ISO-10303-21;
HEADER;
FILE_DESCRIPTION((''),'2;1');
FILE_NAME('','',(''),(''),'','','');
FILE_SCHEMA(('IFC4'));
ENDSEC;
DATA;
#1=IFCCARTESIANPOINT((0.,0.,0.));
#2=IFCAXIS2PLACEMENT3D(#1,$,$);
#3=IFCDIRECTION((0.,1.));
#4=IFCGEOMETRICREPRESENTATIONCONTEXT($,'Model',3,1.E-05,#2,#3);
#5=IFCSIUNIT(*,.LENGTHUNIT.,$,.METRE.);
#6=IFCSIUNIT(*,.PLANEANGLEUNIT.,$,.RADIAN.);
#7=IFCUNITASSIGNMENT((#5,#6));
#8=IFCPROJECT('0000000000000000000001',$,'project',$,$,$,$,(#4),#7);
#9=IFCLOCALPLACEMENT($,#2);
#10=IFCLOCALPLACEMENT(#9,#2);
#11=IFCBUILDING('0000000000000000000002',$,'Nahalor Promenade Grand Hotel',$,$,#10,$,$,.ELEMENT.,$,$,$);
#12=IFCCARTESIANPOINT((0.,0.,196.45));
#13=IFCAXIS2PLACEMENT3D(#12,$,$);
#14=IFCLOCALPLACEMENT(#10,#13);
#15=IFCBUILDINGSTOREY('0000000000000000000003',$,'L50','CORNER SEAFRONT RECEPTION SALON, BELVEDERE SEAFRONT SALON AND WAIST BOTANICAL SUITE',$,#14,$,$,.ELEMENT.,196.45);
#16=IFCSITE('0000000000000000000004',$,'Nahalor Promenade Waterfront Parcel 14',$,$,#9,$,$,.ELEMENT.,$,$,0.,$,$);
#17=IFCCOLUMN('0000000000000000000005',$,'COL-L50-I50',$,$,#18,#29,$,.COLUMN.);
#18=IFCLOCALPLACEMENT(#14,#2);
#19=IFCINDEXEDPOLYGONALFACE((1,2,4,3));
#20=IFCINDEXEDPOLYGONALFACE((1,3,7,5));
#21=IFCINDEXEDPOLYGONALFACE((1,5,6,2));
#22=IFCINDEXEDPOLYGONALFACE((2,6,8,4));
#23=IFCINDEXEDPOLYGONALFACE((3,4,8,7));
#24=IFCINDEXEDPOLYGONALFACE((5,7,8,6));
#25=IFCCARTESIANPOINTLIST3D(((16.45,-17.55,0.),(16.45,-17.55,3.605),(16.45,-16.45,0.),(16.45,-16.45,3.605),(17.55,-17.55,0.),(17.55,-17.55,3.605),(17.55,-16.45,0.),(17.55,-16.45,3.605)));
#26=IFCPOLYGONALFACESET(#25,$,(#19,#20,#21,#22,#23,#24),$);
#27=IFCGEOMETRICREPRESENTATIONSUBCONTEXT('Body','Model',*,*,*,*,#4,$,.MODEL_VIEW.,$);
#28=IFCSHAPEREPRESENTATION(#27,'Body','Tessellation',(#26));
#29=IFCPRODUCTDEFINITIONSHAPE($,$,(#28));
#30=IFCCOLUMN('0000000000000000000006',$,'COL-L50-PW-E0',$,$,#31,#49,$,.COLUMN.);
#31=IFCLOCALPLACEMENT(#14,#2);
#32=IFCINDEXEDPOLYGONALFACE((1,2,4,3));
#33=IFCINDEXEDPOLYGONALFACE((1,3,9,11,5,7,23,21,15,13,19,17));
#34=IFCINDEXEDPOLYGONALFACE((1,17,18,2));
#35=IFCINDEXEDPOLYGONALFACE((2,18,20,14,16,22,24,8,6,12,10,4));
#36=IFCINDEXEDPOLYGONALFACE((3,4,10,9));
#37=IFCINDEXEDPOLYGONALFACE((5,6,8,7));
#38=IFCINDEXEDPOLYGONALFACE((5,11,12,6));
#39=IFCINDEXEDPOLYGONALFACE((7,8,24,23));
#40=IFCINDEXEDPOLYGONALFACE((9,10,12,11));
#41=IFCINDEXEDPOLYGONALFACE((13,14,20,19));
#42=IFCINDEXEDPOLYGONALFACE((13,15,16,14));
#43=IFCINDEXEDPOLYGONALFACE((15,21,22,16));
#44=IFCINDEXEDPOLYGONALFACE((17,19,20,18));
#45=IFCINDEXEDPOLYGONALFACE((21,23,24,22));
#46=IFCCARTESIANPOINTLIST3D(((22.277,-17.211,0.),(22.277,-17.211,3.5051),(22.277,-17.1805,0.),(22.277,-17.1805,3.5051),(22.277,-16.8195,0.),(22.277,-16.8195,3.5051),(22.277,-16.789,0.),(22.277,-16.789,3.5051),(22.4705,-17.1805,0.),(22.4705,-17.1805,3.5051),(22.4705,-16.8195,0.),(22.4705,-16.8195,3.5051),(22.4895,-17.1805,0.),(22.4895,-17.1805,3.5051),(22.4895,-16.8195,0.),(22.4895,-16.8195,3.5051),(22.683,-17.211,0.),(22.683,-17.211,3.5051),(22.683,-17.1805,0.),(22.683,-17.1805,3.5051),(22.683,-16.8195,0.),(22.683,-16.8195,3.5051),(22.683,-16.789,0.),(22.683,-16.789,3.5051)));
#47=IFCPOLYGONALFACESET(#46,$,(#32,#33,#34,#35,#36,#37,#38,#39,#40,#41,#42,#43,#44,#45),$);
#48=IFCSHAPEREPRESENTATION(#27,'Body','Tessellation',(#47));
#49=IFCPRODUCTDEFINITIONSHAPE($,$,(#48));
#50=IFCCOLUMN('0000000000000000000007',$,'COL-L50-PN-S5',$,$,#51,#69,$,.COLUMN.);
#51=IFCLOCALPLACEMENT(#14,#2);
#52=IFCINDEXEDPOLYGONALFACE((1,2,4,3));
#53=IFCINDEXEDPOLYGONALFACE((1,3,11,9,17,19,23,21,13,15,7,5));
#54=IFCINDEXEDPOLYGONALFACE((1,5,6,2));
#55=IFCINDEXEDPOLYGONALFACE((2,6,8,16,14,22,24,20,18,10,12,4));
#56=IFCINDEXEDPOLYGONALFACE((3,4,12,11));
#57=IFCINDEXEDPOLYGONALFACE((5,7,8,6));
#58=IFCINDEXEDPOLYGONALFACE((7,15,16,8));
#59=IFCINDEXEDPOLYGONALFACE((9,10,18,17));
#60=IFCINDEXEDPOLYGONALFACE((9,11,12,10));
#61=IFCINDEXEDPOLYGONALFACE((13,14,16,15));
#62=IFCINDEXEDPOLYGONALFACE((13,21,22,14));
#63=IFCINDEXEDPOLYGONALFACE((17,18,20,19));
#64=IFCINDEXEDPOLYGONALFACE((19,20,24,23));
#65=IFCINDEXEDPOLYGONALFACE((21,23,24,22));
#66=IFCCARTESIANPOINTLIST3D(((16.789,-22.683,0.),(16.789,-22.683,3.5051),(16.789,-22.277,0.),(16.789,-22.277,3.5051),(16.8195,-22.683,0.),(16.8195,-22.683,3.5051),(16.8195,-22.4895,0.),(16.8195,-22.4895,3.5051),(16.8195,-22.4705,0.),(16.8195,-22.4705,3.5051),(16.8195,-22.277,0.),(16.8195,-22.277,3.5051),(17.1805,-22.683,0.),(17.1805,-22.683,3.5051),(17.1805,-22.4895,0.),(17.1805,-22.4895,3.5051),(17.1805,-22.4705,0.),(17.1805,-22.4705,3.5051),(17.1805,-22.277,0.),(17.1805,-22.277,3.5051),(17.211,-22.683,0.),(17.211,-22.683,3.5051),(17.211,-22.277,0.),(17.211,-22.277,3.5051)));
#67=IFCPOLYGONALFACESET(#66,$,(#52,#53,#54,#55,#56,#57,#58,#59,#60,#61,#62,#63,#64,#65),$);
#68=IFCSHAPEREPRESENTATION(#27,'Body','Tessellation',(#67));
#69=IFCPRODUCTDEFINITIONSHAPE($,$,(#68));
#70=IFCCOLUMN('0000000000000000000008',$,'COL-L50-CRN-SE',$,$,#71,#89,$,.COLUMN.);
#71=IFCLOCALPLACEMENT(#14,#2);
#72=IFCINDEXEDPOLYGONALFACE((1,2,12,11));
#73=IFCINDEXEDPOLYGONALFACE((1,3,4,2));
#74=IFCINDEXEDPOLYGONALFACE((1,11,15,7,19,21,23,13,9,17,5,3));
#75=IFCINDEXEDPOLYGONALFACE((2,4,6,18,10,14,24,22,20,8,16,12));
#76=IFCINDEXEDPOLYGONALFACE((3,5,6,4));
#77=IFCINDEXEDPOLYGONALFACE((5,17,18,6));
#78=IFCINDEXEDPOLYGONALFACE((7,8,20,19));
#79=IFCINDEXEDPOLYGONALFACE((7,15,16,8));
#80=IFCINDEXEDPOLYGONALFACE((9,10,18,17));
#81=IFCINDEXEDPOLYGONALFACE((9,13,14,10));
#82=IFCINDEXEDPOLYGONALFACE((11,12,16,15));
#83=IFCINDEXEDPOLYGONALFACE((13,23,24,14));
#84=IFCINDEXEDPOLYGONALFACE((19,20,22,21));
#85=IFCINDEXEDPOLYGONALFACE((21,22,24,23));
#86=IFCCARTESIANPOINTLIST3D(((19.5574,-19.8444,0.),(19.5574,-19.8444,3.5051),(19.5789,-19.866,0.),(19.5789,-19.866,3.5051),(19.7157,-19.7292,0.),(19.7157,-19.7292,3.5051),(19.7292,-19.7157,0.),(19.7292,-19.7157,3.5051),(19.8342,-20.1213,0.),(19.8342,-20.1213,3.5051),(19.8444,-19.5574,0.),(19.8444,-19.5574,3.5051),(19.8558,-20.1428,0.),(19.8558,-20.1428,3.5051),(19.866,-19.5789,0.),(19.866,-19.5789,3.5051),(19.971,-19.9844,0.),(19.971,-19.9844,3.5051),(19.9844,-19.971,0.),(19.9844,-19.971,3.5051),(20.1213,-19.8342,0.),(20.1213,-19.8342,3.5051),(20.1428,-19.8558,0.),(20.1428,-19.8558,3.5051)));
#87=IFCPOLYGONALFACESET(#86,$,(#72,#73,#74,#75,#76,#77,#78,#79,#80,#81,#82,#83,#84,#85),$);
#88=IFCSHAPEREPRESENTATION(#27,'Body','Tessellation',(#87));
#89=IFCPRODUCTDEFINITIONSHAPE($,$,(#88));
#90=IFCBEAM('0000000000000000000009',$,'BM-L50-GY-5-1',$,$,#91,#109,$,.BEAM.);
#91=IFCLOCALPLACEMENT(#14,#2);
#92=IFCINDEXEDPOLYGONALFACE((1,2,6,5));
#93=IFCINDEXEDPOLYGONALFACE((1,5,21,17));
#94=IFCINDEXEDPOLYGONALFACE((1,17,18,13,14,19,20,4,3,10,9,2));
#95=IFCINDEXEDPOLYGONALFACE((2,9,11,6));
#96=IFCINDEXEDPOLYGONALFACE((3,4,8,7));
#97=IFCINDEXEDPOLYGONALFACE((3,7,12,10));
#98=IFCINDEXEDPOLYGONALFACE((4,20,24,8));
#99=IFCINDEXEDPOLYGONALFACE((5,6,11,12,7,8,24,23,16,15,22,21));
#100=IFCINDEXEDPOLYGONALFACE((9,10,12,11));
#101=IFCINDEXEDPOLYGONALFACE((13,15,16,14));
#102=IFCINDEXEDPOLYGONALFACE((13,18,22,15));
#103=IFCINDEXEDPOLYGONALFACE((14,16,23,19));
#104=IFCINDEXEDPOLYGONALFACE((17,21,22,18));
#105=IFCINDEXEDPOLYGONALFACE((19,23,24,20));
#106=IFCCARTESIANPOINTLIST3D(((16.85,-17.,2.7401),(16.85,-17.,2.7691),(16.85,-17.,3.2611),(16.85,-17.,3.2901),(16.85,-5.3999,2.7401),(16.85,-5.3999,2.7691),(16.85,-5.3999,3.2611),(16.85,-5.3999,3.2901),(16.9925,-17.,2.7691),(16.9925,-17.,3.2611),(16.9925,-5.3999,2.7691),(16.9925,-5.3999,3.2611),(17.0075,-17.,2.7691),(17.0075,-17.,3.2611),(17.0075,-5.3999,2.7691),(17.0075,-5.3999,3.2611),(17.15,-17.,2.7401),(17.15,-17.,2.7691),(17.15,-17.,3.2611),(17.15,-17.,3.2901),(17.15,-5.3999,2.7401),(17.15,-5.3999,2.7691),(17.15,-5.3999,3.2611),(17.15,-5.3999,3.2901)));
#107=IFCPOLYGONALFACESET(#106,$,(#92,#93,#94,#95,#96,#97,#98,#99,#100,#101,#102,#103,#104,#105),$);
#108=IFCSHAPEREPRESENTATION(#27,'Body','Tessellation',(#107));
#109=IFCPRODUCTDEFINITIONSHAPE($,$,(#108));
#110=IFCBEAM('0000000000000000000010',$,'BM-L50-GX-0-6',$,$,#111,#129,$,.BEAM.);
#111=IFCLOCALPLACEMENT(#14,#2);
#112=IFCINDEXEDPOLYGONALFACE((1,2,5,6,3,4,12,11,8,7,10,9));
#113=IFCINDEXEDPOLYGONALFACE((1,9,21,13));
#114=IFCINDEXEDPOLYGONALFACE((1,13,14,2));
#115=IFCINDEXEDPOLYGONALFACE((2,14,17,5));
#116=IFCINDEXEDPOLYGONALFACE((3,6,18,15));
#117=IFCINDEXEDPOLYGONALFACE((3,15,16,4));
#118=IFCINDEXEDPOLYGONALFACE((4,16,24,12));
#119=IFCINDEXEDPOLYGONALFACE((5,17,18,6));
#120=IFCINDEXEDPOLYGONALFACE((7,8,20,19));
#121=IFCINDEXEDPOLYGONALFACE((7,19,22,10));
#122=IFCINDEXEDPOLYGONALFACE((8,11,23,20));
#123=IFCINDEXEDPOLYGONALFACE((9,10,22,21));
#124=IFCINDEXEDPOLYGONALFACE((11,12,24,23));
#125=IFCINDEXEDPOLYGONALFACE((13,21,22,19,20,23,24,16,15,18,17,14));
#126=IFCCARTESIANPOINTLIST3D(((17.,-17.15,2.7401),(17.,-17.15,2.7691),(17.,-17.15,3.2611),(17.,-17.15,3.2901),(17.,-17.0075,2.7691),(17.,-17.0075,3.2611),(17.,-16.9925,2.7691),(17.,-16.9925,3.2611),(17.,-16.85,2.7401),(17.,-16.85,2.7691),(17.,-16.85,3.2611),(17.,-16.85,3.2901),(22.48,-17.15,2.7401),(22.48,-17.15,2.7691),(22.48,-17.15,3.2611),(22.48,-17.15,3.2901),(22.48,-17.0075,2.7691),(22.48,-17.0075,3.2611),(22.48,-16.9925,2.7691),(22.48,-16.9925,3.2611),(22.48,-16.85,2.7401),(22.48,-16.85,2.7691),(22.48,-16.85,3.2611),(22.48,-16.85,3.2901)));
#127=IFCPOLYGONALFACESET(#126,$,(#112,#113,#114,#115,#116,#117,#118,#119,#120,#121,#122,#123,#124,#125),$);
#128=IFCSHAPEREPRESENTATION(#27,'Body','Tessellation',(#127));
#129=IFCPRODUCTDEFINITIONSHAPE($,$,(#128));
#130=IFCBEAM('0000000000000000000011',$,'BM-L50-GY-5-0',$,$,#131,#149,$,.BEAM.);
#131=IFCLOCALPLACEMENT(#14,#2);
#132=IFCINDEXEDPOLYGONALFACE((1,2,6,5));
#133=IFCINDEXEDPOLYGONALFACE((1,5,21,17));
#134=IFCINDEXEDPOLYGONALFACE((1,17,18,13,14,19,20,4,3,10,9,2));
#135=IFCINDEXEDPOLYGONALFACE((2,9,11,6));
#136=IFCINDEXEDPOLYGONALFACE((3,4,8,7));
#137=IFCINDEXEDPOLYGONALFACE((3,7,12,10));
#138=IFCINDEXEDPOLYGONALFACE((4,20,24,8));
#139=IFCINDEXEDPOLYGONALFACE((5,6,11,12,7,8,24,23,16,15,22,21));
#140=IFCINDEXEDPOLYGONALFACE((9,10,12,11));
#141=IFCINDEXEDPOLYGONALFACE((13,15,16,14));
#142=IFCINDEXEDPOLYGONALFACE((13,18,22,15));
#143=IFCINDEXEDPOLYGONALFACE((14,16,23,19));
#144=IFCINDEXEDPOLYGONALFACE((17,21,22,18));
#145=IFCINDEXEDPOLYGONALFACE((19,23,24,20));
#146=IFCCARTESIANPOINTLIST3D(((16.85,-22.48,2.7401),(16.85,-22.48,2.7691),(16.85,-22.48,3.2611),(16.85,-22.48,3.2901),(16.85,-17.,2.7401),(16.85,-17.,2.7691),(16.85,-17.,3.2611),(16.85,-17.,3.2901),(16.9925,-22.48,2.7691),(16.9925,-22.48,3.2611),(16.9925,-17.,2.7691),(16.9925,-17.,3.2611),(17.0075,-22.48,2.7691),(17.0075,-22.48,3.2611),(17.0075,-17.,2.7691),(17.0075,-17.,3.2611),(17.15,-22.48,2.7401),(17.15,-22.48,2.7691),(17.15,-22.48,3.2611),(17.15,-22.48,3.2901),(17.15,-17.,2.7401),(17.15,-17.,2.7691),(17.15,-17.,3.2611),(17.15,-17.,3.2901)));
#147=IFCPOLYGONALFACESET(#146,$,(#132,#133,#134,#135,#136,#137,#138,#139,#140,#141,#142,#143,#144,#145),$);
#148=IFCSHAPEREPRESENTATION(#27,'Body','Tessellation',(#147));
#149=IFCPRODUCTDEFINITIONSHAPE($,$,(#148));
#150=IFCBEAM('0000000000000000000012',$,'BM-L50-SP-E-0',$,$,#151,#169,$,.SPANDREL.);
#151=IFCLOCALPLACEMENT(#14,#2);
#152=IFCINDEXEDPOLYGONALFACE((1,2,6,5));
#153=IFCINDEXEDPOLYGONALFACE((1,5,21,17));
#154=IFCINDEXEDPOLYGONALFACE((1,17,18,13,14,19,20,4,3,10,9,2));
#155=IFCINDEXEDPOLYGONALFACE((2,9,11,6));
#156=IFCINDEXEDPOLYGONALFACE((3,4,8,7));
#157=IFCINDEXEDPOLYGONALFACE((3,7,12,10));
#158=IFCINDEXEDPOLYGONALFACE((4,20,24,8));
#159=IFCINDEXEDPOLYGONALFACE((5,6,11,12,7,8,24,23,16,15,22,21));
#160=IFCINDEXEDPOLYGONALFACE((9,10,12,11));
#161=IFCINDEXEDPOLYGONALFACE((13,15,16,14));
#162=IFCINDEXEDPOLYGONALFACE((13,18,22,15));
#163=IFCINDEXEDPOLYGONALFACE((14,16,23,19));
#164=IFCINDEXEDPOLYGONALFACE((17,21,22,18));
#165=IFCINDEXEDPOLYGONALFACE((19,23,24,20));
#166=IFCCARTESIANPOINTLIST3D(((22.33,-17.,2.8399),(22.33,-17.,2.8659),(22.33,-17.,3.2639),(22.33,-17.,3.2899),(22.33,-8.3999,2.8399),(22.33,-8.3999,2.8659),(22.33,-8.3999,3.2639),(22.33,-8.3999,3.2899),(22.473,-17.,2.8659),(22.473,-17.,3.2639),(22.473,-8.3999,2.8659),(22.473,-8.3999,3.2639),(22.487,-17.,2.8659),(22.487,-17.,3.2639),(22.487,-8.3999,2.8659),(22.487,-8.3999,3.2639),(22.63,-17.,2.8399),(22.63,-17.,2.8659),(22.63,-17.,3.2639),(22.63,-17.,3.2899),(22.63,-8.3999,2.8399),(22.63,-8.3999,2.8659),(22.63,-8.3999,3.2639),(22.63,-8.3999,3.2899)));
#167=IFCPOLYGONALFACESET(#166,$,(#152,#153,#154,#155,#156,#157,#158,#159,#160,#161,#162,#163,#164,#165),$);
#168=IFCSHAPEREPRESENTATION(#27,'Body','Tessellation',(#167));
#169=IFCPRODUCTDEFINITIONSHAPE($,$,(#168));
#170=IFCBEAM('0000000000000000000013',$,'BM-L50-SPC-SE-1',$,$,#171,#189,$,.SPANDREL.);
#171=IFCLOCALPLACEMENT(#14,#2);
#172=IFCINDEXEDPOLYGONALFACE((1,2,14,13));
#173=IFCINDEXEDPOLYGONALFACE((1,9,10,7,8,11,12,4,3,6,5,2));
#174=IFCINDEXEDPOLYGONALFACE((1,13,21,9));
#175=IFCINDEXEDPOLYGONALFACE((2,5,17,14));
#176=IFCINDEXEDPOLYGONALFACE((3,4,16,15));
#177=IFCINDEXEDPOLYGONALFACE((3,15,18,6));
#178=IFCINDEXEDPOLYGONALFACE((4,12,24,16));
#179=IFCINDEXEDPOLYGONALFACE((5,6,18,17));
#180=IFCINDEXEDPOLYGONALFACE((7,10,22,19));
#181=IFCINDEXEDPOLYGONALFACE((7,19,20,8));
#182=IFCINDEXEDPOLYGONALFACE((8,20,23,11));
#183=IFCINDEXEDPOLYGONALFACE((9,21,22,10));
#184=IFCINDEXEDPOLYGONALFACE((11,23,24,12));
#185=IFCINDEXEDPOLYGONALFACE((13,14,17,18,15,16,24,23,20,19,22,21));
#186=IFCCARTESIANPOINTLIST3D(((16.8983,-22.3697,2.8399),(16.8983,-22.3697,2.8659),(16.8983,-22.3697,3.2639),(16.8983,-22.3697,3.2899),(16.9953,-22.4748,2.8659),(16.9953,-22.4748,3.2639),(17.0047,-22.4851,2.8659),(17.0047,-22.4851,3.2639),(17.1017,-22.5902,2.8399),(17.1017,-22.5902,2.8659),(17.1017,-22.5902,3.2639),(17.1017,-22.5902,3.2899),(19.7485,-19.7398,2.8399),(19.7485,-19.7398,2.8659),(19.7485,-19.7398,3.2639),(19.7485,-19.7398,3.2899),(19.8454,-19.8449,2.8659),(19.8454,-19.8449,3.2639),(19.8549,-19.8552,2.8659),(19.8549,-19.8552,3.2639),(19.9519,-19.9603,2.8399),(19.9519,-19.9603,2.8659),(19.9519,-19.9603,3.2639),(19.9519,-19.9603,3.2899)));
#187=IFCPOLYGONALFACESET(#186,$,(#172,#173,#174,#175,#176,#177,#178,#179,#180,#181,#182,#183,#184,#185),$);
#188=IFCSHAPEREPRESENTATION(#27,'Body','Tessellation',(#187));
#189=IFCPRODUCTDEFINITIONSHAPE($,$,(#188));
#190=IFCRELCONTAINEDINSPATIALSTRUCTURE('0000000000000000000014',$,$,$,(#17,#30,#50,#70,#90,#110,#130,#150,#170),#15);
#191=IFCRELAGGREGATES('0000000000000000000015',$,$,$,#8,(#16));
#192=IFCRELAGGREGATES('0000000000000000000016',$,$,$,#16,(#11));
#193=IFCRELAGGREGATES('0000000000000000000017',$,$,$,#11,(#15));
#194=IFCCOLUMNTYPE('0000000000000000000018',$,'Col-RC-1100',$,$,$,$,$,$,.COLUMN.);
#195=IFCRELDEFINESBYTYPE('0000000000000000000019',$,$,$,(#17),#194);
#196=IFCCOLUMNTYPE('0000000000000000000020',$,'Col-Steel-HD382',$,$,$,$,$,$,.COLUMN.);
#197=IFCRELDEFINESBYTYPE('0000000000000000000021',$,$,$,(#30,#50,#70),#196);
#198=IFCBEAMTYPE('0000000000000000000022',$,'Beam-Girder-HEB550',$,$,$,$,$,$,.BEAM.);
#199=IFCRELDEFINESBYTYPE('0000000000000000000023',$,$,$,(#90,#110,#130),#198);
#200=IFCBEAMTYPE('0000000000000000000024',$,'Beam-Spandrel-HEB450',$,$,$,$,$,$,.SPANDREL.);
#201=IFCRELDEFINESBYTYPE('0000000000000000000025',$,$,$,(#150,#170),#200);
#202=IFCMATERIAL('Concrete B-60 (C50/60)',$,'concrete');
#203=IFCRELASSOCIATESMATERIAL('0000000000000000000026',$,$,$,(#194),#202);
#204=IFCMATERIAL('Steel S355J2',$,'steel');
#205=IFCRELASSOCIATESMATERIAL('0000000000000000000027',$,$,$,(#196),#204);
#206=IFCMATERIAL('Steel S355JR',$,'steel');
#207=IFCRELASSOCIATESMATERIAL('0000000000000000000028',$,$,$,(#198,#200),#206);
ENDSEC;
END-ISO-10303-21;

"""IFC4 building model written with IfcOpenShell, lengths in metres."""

from ifc_helpers import new_model, si_unit, direction, frame, origin, origin_2d, place, context, subcontext, project, spatial, rectangle, i_section, extrude, source, transform, mapped, material, material_profile, profile_set, type_object, element, save


model = new_model("IFC4")

# Units and contexts
model_context = context("Model", 3, precision=1e-05, world=origin(), true_north=direction((0.0, 1.0)))
body_context = subcontext(model_context, "Body", "Model", "MODEL_VIEW")
ifc_project = project(units=[si_unit("LENGTHUNIT", "METRE"), si_unit("PLANEANGLEUNIT", "RADIAN")], contexts=[model_context])

# Site, building, storey
site_placement = place(None, origin())
site = spatial("IfcSite", under=ifc_project, at=site_placement, Name="Nahalor Promenade Waterfront Parcel 14", CompositionType="ELEMENT", RefElevation=0.0)
building_placement = place(site_placement, origin())
building = spatial("IfcBuilding", under=site, at=building_placement, Name="Nahalor Promenade Grand Hotel", CompositionType="ELEMENT")
storey_placement = place(building_placement, frame((0.0, 0.0, 196.45)))
storey = spatial("IfcBuildingStorey", under=building, at=storey_placement, Name="L50", Description="CORNER SEAFRONT RECEPTION SALON, BELVEDERE SEAFRONT SALON AND WAIST BOTANICAL SUITE", CompositionType="ELEMENT", Elevation=196.45)

# Columns
ifc_material_1 = material(Name="Concrete B-60 (C50/60)", Category="concrete")
ifc_material_profile_1 = material_profile(ifc_material_1, rectangle(XDim=1.1, YDim=1.1, at=origin_2d()), Name="RC 1100x1100")
ifc_profile_set_1 = profile_set([ifc_material_profile_1], Name="Concrete B-60 (C50/60)")
column_type_1 = type_object("IfcColumnType", Name="Col-RC-1100", PredefinedType="COLUMN", material=ifc_profile_set_1)
shared_shape_1 = source(origin(), body_context, "Body", "SweptSolid", [
    extrude(rectangle(XDim=1.1, YDim=1.1, at=origin_2d()), origin(), (0.0, 0.0, 1.0), 3.605),
])
column_placement = place(storey_placement, frame((17.0, -17.0, 0.0), z_axis=(0.0, 0.0, 1.0), x_axis=(1.0, 0.0, 0.0)))
element("IfcColumn", 1, at=column_placement, inside=storey, type_object=column_type_1, Name="COL-L50-I50", PredefinedType="COLUMN", context=body_context, shape_type="MappedRepresentation", body=[
    mapped(shared_shape_1, transform((0.0, 0.0, 0.0), scale=1.0)),
])
ifc_material_2 = material(Name="Steel S355J2", Category="steel")
ifc_material_profile_2 = material_profile(ifc_material_2, i_section(OverallWidth=0.406, OverallDepth=0.422, WebThickness=0.019, FlangeThickness=0.0305, at=origin_2d()), Name="HD 400x382")
ifc_profile_set_2 = profile_set([ifc_material_profile_2], Name="Steel S355J2")
column_type_2 = type_object("IfcColumnType", Name="Col-Steel-HD382", PredefinedType="COLUMN", material=ifc_profile_set_2)
shared_shape_2 = source(origin(), body_context, "Body", "SweptSolid", [
    extrude(i_section(OverallWidth=0.406, OverallDepth=0.422, WebThickness=0.019, FlangeThickness=0.0305, at=origin_2d()), origin(), (0.0, 0.0, 1.0), 3.5051),
])
for number, where, z_axis, x_axis, name in (
    (2, (22.48, -17.0, 0.0), (0.0, 0.0, 1.0), (1.0, 0.0, 0.0), "COL-L50-PW-E0"),
    (3, (17.0, -22.48, 0.0), (0.0, 0.0, 1.0), (0.0, 1.0, 0.0), "COL-L50-PN-S5"),
    (4, (19.8501, -19.8501, 0.0), (0.0, 0.0, 1.0), (0.707107, 0.707107, 0.0), "COL-L50-CRN-SE"),
):
    element("IfcColumn", number, at=place(storey_placement, frame(where, z_axis=z_axis, x_axis=x_axis)), inside=storey, type_object=column_type_2, Name=name, PredefinedType="COLUMN", context=body_context, shape_type="MappedRepresentation", body=[
        mapped(shared_shape_2, transform((0.0, 0.0, 0.0), scale=1.0)),
    ])

# Beams
ifc_material_3 = material(Name="Steel S355JR", Category="steel")
ifc_material_profile_3 = material_profile(ifc_material_3, i_section(OverallWidth=0.3, OverallDepth=0.55, WebThickness=0.015, FlangeThickness=0.029, at=origin_2d()), Name="HEB 550")
ifc_profile_set_3 = profile_set([ifc_material_profile_3], Name="Steel S355JR")
beam_type_1 = type_object("IfcBeamType", Name="Beam-Girder-HEB550", PredefinedType="BEAM", material=ifc_profile_set_3)
shared_shape_3 = source(origin(), body_context, "Body", "SweptSolid", [
    extrude(i_section(OverallWidth=0.3, OverallDepth=0.55, WebThickness=0.015, FlangeThickness=0.029, at=origin_2d()), origin(), (0.0, 0.0, 1.0), 11.6001),
])
beam_1_placement = place(storey_placement, frame((17.0, -17.0, 3.0151), z_axis=(0.0, 1.0, 0.0), x_axis=(-1.0, 0.0, 0.0)))
element("IfcBeam", 5, at=beam_1_placement, inside=storey, type_object=beam_type_1, Name="BM-L50-GY-5-1", PredefinedType="BEAM", context=body_context, shape_type="MappedRepresentation", body=[
    mapped(shared_shape_3, transform((0.0, 0.0, 0.0), scale=1.0)),
])
shared_shape_4 = source(origin(), body_context, "Body", "SweptSolid", [
    extrude(i_section(OverallWidth=0.3, OverallDepth=0.55, WebThickness=0.015, FlangeThickness=0.029, at=origin_2d()), origin(), (0.0, 0.0, 1.0), 5.48),
])
for number, where, z_axis, x_axis, name in (
    (6, (17.0, -17.0, 3.0151), (1.0, 0.0, 0.0), (0.0, 1.0, 0.0), "BM-L50-GX-0-6"),
    (7, (17.0, -22.48, 3.0151), (0.0, 1.0, 0.0), (-1.0, 0.0, 0.0), "BM-L50-GY-5-0"),
):
    element("IfcBeam", number, at=place(storey_placement, frame(where, z_axis=z_axis, x_axis=x_axis)), inside=storey, type_object=beam_type_1, Name=name, PredefinedType="BEAM", context=body_context, shape_type="MappedRepresentation", body=[
        mapped(shared_shape_4, transform((0.0, 0.0, 0.0), scale=1.0)),
    ])
ifc_material_profile_4 = material_profile(ifc_material_3, i_section(OverallWidth=0.3, OverallDepth=0.45, WebThickness=0.014, FlangeThickness=0.026, at=origin_2d()), Name="HEB 450")
ifc_profile_set_4 = profile_set([ifc_material_profile_4], Name="Steel S355JR")
beam_type_2 = type_object("IfcBeamType", Name="Beam-Spandrel-HEB450", PredefinedType="SPANDREL", material=ifc_profile_set_4)
shared_shape_5 = source(origin(), body_context, "Body", "SweptSolid", [
    extrude(i_section(OverallWidth=0.3, OverallDepth=0.45, WebThickness=0.014, FlangeThickness=0.026, at=origin_2d()), origin(), (0.0, 0.0, 1.0), 8.6001),
])
beam_2_placement = place(storey_placement, frame((22.48, -17.0, 3.0649), z_axis=(0.0, 1.0, 0.0), x_axis=(-1.0, 0.0, 0.0)))
element("IfcBeam", 8, at=beam_2_placement, inside=storey, type_object=beam_type_2, Name="BM-L50-SP-E-0", PredefinedType="SPANDREL", context=body_context, shape_type="MappedRepresentation", body=[
    mapped(shared_shape_5, transform((0.0, 0.0, 0.0), scale=1.0)),
])
shared_shape_6 = source(origin(), body_context, "Body", "SweptSolid", [
    extrude(i_section(OverallWidth=0.3, OverallDepth=0.45, WebThickness=0.014, FlangeThickness=0.026, at=origin_2d()), origin(), (0.0, 0.0, 1.0), 3.8782),
])
for number, where, z_axis, x_axis, name in (
    (9, (17.0, -22.48, 3.0649), (0.734929, 0.678144, 0.0), (-0.678144, 0.734929, 0.0), "BM-L50-SPC-SE-1"),
):
    element("IfcBeam", number, at=place(storey_placement, frame(where, z_axis=z_axis, x_axis=x_axis)), inside=storey, type_object=beam_type_2, Name=name, PredefinedType="SPANDREL", context=body_context, shape_type="MappedRepresentation", body=[
        mapped(shared_shape_6, transform((0.0, 0.0, 0.0), scale=1.0)),
    ])

save(model, "model.ifc")
